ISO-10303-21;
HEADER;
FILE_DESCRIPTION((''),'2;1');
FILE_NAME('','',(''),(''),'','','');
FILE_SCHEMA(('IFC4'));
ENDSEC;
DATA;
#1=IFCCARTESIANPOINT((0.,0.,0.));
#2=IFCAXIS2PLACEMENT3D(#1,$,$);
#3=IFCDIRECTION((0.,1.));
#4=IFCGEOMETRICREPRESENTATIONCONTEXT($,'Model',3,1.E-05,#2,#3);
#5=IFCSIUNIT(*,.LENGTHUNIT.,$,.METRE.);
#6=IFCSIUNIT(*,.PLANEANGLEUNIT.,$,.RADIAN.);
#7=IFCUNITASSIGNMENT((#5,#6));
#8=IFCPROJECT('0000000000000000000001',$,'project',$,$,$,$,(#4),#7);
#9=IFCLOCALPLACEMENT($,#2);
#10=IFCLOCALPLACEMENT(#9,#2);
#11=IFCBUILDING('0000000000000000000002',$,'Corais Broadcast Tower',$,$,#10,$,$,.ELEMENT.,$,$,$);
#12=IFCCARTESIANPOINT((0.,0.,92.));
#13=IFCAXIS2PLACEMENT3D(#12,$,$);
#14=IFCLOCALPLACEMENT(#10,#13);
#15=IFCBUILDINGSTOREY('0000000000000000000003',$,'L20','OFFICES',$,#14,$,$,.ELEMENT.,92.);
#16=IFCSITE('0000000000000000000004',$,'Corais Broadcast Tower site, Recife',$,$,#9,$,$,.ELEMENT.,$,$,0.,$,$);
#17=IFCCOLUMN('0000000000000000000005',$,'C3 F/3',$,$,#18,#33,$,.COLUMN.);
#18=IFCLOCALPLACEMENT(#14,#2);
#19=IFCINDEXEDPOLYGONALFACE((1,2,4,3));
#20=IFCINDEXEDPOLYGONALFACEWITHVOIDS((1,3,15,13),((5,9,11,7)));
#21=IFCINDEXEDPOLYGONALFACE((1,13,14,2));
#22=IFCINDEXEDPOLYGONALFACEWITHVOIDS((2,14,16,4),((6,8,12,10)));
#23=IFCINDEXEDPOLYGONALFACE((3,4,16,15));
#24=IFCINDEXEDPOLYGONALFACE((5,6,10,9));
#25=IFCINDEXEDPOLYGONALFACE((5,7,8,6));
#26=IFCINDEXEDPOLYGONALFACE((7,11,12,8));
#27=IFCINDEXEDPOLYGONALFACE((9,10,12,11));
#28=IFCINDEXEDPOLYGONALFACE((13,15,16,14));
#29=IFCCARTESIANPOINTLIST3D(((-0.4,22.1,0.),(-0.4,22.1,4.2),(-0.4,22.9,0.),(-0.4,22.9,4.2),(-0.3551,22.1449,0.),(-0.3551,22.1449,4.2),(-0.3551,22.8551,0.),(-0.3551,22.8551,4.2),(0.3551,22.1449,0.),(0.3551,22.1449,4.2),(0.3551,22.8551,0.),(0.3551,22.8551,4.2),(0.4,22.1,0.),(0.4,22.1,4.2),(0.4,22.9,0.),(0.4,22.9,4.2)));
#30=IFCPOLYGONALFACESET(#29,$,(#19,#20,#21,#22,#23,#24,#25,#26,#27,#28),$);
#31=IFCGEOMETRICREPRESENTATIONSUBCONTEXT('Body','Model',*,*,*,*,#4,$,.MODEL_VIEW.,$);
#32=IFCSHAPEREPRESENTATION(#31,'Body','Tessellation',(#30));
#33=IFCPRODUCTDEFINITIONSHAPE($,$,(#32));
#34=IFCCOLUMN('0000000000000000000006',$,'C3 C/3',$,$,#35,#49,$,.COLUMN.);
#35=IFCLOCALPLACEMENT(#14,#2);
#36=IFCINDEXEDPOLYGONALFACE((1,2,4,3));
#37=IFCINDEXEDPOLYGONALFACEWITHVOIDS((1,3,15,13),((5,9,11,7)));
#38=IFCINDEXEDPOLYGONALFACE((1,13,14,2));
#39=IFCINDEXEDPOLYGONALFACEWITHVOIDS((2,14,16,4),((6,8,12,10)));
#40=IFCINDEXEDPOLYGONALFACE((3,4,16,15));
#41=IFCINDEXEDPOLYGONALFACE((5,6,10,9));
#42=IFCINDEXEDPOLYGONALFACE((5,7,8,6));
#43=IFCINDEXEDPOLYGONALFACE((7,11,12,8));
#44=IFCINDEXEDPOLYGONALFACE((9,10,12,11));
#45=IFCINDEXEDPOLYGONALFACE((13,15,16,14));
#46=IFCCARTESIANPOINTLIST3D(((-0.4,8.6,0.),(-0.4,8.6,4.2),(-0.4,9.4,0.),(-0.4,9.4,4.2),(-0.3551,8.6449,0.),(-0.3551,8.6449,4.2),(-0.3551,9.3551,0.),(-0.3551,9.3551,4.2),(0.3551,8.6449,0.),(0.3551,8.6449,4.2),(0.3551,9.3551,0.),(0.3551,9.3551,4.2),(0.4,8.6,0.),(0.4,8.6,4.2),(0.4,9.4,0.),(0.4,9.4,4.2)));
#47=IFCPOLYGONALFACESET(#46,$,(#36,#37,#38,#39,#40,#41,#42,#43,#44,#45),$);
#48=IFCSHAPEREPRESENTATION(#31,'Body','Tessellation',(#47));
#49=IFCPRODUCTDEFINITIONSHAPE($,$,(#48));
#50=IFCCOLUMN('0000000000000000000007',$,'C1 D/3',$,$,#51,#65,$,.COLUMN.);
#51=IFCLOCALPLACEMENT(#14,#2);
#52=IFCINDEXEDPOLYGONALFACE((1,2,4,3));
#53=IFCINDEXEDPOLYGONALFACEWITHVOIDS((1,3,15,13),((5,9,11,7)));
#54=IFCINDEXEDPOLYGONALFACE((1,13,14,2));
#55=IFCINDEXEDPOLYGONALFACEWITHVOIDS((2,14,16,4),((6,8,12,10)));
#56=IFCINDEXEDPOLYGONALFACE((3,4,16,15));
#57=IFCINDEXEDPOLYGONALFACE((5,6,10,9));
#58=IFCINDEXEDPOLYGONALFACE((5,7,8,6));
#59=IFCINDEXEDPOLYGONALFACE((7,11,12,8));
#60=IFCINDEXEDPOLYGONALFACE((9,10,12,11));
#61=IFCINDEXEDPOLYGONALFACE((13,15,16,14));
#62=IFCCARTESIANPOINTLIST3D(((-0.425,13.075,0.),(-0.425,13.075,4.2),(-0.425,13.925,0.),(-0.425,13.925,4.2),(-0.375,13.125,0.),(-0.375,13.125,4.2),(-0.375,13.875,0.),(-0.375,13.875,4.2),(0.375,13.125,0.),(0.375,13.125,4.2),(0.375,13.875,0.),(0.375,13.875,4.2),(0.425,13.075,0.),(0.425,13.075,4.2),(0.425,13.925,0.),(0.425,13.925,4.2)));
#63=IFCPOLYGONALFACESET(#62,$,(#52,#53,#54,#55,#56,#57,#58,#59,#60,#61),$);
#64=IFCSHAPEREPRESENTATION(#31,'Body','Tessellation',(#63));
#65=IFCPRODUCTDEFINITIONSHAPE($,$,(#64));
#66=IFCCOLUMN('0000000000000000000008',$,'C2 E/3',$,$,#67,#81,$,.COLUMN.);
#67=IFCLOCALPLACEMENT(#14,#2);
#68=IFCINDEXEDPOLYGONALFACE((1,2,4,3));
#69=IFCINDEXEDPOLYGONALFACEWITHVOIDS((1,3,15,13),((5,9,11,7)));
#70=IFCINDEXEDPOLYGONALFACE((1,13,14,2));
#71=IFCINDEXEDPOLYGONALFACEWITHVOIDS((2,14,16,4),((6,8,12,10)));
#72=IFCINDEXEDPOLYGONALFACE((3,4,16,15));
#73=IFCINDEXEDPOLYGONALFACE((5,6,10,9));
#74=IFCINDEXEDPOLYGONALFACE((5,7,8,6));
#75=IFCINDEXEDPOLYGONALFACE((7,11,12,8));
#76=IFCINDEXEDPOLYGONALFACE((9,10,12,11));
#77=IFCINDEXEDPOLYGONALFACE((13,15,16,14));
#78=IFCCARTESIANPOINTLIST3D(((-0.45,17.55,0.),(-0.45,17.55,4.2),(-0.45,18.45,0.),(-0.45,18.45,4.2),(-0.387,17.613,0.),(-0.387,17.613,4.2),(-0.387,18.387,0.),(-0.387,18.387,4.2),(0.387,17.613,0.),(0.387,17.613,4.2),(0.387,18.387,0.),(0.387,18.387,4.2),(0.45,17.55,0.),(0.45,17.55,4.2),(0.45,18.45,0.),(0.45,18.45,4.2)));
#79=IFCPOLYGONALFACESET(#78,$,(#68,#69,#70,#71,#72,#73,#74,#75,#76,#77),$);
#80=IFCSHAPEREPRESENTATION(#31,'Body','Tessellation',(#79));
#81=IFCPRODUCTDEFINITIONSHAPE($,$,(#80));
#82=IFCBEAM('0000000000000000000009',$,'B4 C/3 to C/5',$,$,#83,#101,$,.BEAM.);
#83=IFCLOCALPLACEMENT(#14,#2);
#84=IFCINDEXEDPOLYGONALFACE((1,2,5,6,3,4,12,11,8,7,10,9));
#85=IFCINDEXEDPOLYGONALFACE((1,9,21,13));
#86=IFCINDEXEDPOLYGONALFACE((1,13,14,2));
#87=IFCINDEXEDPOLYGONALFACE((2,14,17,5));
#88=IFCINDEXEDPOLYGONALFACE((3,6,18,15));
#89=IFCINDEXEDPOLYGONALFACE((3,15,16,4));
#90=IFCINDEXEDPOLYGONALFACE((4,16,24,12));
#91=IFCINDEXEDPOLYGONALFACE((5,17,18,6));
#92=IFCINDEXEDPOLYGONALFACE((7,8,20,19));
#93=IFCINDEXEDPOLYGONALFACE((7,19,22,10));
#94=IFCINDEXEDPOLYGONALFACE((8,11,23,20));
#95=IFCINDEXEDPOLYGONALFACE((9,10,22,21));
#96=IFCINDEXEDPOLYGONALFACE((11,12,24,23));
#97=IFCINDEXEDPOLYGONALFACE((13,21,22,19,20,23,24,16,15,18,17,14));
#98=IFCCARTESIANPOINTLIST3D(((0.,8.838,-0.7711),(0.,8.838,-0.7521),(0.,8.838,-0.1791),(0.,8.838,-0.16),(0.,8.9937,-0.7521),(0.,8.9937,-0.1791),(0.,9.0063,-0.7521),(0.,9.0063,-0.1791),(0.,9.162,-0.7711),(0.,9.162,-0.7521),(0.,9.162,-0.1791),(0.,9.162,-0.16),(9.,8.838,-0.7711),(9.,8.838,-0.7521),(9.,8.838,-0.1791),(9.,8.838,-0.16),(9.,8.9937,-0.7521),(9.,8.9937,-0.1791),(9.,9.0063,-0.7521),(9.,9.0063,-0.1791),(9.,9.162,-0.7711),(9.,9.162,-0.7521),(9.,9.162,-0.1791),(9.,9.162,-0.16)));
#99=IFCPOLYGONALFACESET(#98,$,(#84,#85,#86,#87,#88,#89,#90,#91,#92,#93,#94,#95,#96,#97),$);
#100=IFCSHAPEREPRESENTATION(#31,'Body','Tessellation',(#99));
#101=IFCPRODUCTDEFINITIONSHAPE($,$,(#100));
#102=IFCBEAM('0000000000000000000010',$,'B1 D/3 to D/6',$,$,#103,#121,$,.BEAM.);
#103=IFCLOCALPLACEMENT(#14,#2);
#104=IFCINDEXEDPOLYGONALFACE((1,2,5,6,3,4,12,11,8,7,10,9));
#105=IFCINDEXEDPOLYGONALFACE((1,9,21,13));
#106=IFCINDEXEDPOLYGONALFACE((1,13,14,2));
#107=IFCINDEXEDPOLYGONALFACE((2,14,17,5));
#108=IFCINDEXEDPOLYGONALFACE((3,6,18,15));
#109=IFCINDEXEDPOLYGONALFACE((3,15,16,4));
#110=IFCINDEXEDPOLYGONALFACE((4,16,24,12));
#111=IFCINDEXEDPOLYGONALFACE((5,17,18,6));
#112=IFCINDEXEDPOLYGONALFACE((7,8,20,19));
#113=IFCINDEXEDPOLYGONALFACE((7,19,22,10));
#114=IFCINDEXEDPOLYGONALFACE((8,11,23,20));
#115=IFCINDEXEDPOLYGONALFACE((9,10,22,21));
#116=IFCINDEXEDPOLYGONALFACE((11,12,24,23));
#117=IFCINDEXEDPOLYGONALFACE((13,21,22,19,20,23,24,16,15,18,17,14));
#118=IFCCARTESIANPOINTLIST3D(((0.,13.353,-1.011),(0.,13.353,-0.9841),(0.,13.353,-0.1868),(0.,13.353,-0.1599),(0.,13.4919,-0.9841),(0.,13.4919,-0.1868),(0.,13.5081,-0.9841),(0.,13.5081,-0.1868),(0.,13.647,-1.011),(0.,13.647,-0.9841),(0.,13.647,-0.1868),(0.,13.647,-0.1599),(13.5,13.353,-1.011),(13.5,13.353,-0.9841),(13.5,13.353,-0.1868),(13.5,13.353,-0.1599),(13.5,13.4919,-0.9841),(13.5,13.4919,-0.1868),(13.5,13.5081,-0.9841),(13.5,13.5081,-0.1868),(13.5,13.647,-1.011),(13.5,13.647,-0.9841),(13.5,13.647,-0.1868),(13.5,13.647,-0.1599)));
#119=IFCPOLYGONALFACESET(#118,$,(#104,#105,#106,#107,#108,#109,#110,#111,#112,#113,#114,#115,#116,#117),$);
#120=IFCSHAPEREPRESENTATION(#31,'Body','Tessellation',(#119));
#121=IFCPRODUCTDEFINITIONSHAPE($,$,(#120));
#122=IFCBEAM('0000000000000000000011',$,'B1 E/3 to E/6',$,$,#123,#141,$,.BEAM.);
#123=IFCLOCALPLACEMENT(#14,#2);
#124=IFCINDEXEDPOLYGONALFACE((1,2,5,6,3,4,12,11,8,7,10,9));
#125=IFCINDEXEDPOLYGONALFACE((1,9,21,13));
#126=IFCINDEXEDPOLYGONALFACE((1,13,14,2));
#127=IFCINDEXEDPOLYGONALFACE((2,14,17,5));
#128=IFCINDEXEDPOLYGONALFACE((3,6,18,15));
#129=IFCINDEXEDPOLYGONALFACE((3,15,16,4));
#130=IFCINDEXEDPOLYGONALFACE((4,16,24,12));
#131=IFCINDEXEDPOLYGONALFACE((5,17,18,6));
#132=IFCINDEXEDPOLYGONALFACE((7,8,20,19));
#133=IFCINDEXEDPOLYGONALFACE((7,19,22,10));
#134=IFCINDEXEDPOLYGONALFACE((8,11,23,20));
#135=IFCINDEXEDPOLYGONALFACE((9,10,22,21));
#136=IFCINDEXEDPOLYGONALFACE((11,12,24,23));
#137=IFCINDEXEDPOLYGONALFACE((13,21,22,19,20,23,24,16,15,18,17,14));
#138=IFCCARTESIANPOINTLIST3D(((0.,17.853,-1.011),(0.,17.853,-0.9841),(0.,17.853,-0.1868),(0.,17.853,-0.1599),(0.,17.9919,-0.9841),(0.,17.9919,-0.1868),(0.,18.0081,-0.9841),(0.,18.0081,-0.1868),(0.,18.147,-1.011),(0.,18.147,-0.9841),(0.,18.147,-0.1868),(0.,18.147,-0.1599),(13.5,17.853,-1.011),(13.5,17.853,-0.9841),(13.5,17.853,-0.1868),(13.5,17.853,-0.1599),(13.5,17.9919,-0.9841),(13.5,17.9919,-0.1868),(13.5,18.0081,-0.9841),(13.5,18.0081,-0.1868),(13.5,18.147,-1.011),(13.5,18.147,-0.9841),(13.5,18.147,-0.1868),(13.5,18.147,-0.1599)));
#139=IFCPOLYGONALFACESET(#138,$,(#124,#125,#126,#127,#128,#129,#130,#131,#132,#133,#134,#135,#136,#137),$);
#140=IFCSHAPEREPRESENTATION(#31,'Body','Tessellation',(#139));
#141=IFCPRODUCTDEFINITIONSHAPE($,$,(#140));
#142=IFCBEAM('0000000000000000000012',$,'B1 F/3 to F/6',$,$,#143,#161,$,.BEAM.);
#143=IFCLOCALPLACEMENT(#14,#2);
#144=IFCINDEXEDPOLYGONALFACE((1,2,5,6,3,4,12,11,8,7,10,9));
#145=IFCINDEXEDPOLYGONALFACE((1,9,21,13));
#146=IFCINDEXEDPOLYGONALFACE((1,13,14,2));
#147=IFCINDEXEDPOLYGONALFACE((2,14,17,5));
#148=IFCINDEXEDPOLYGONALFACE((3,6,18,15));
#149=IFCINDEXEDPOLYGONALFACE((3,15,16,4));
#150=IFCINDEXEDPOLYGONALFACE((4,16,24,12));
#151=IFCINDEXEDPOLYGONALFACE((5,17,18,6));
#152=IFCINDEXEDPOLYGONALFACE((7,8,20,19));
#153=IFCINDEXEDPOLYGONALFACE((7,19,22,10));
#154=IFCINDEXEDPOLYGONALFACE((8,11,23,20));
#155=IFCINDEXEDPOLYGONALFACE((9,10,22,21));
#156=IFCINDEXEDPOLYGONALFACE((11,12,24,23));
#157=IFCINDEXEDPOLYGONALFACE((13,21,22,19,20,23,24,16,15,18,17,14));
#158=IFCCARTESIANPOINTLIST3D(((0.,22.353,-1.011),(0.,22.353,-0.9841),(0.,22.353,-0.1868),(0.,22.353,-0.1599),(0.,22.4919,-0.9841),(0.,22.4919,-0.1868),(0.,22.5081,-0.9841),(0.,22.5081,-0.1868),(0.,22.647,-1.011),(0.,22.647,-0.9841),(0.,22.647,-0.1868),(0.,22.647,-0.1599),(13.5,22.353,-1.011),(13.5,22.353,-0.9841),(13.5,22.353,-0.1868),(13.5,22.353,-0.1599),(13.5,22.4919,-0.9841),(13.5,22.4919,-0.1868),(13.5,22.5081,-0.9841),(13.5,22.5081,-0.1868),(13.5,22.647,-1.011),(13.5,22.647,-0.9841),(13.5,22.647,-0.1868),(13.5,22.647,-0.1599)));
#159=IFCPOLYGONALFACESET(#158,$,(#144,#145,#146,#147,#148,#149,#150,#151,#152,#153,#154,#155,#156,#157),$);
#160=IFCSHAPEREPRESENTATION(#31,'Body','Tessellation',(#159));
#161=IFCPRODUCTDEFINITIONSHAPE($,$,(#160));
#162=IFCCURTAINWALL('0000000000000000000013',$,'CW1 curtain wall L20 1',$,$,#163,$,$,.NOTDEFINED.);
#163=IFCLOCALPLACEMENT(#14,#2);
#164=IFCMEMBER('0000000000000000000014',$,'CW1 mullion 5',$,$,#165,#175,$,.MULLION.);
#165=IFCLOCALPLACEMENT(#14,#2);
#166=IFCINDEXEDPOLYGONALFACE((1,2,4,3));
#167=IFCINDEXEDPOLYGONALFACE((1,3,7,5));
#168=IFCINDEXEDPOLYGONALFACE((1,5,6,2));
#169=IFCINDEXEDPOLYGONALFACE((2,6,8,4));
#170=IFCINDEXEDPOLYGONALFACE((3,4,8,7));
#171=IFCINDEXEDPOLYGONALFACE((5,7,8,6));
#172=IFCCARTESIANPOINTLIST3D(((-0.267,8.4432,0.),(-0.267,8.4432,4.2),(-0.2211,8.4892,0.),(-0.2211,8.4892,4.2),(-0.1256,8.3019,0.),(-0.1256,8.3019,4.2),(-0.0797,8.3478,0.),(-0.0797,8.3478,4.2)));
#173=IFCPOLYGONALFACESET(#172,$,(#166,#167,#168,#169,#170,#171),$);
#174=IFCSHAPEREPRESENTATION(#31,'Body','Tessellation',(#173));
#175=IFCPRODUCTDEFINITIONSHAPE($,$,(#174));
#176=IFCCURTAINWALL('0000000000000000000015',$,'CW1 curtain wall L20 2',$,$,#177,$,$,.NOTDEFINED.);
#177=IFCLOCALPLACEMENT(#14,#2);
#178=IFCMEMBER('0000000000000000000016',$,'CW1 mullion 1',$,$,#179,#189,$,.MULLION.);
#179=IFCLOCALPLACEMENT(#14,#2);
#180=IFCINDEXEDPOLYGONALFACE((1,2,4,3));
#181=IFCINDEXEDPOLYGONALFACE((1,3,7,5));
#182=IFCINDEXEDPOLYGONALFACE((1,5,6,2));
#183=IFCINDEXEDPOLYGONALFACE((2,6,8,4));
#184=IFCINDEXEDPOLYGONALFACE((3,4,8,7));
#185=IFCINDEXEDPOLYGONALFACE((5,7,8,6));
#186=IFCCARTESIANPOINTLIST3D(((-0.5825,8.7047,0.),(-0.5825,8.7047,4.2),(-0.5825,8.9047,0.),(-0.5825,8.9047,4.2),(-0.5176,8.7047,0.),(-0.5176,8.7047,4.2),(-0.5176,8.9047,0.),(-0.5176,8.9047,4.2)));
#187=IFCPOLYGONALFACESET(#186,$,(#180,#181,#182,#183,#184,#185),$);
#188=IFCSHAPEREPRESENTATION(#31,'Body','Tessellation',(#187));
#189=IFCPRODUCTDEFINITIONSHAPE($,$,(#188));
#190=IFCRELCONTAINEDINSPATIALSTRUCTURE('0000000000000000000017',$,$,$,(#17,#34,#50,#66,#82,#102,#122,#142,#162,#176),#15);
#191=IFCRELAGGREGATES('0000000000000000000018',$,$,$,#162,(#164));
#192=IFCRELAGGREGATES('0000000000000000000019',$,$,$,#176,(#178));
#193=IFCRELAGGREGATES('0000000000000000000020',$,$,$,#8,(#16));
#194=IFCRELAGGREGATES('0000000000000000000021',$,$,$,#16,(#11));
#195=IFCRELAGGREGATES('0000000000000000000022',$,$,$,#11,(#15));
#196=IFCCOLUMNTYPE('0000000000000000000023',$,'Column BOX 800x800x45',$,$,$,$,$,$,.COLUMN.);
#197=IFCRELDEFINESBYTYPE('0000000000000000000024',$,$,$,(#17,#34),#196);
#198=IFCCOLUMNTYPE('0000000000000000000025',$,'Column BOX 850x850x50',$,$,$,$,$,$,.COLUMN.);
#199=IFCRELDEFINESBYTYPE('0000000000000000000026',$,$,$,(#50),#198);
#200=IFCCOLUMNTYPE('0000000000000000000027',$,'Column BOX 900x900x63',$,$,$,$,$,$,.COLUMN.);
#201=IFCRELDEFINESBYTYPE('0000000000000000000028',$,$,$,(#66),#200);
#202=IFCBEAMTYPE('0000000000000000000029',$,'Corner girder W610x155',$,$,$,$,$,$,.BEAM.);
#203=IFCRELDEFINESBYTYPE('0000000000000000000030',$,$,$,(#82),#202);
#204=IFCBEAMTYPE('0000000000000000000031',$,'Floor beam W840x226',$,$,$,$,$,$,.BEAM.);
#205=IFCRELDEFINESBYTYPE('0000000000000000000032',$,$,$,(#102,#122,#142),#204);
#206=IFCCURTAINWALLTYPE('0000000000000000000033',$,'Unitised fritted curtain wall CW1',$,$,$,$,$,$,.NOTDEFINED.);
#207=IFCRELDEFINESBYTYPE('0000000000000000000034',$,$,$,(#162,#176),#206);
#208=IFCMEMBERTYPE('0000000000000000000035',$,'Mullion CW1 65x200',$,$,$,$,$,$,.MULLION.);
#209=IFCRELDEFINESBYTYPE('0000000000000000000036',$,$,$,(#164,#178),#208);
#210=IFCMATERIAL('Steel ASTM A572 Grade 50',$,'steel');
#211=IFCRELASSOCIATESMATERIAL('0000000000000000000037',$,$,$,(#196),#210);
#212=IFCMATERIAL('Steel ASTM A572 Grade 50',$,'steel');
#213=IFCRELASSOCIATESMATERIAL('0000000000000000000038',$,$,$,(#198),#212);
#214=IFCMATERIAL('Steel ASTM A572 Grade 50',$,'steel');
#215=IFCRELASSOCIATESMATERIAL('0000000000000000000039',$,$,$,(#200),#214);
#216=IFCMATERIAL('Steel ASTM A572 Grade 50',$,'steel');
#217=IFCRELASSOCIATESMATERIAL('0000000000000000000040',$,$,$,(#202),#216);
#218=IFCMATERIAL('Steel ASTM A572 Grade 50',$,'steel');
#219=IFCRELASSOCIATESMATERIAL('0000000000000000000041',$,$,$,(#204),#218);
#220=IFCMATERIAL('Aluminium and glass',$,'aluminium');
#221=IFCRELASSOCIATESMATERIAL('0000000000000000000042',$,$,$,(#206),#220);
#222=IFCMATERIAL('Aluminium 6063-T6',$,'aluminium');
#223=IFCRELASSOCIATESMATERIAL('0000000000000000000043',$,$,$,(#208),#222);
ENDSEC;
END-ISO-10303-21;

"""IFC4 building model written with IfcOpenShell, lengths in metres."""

from ifc_helpers import new_model, si_unit, direction, frame, origin, origin_2d, place, context, subcontext, project, spatial, rectangle, hollow_rectangle, i_section, extrude, material, material_profile, profile_set, type_object, element, aggregate, save


model = new_model("IFC4")

# Units and contexts
model_context = context("Model", 3, precision=1e-05, world=origin(), true_north=direction((0.0, 1.0)))
body_context = subcontext(model_context, "Body", "Model", "MODEL_VIEW")
ifc_project = project(units=[si_unit("LENGTHUNIT", "METRE"), si_unit("PLANEANGLEUNIT", "RADIAN")], contexts=[model_context])

# Site, building, storey
site_placement = place(None, origin())
site = spatial("IfcSite", under=ifc_project, at=site_placement, Name="Corais Broadcast Tower site, Recife", CompositionType="ELEMENT", RefElevation=0.0)
building_placement = place(site_placement, origin())
building = spatial("IfcBuilding", under=site, at=building_placement, Name="Corais Broadcast Tower", CompositionType="ELEMENT")
storey_placement = place(building_placement, frame((0.0, 0.0, 92.0)))
storey = spatial("IfcBuildingStorey", under=building, at=storey_placement, Name="L20", Description="OFFICES", CompositionType="ELEMENT", Elevation=92.0)

# Columns
ifc_material_1 = material(Name="Steel ASTM A572 Grade 50", Category="steel")
ifc_material_profile_1 = material_profile(ifc_material_1, hollow_rectangle(XDim=0.8, YDim=0.8, WallThickness=0.0449, at=origin_2d()), Name="BOX 800x800x45")
ifc_profile_set_1 = profile_set([ifc_material_profile_1], Name="Steel ASTM A572 Grade 50")
column_type_1 = type_object("IfcColumnType", Name="Column BOX 800x800x45", PredefinedType="COLUMN", material=ifc_profile_set_1)
for number, where, z_axis, x_axis, name in (
    (1, (0.0, 22.5, 0.0), (0.0, 0.0, 1.0), (1.0, 0.0, 0.0), "C3 F/3"),
    (2, (0.0, 9.0, 0.0), (0.0, 0.0, 1.0), (1.0, 0.0, 0.0), "C3 C/3"),
):
    element("IfcColumn", number, at=place(storey_placement, frame(where, z_axis=z_axis, x_axis=x_axis)), inside=storey, type_object=column_type_1, Name=name, PredefinedType="COLUMN", context=body_context, shape_type="SweptSolid", body=[
        extrude(hollow_rectangle(XDim=0.8, YDim=0.8, WallThickness=0.0449, at=origin_2d()), origin(), (0.0, 0.0, 1.0), 4.2),
    ])
ifc_material_2 = material(Name="Steel ASTM A572 Grade 50", Category="steel")
ifc_material_profile_2 = material_profile(ifc_material_2, hollow_rectangle(XDim=0.8501, YDim=0.8501, WallThickness=0.05, at=origin_2d()), Name="BOX 850x850x50")
ifc_profile_set_2 = profile_set([ifc_material_profile_2], Name="Steel ASTM A572 Grade 50")
column_type_2 = type_object("IfcColumnType", Name="Column BOX 850x850x50", PredefinedType="COLUMN", material=ifc_profile_set_2)
column_1_placement = place(storey_placement, frame((0.0, 13.5, 0.0), z_axis=(0.0, 0.0, 1.0), x_axis=(1.0, 0.0, 0.0)))
element("IfcColumn", 3, at=column_1_placement, inside=storey, type_object=column_type_2, Name="C1 D/3", PredefinedType="COLUMN", context=body_context, shape_type="SweptSolid", body=[
    extrude(hollow_rectangle(XDim=0.8501, YDim=0.8501, WallThickness=0.05, at=origin_2d()), origin(), (0.0, 0.0, 1.0), 4.2),
])
ifc_material_3 = material(Name="Steel ASTM A572 Grade 50", Category="steel")
ifc_material_profile_3 = material_profile(ifc_material_3, hollow_rectangle(XDim=0.8999, YDim=0.8999, WallThickness=0.063, at=origin_2d()), Name="BOX 900x900x63")
ifc_profile_set_3 = profile_set([ifc_material_profile_3], Name="Steel ASTM A572 Grade 50")
column_type_3 = type_object("IfcColumnType", Name="Column BOX 900x900x63", PredefinedType="COLUMN", material=ifc_profile_set_3)
column_2_placement = place(storey_placement, frame((0.0, 18.0, 0.0), z_axis=(0.0, 0.0, 1.0), x_axis=(1.0, 0.0, 0.0)))
element("IfcColumn", 4, at=column_2_placement, inside=storey, type_object=column_type_3, Name="C2 E/3", PredefinedType="COLUMN", context=body_context, shape_type="SweptSolid", body=[
    extrude(hollow_rectangle(XDim=0.8999, YDim=0.8999, WallThickness=0.063, at=origin_2d()), origin(), (0.0, 0.0, 1.0), 4.2),
])

# Beams
ifc_material_4 = material(Name="Steel ASTM A572 Grade 50", Category="steel")
ifc_material_profile_4 = material_profile(ifc_material_4, i_section(OverallWidth=0.324, OverallDepth=0.6111, WebThickness=0.0127, FlangeThickness=0.019, at=origin_2d()), Name="W610x155")
ifc_profile_set_4 = profile_set([ifc_material_profile_4], Name="Steel ASTM A572 Grade 50")
beam_type_1 = type_object("IfcBeamType", Name="Corner girder W610x155", PredefinedType="BEAM", material=ifc_profile_set_4)
beam_1_placement = place(storey_placement, frame((0.0, 9.0, -0.4656), z_axis=(1.0, 0.0, 0.0), x_axis=(0.0, 1.0, 0.0)))
element("IfcBeam", 5, at=beam_1_placement, inside=storey, type_object=beam_type_1, Name="B4 C/3 to C/5", PredefinedType="BEAM", context=body_context, shape_type="SweptSolid", body=[
    extrude(i_section(OverallWidth=0.324, OverallDepth=0.6111, WebThickness=0.0127, FlangeThickness=0.019, at=origin_2d()), origin(), (0.0, 0.0, 1.0), 9.0),
])
ifc_material_5 = material(Name="Steel ASTM A572 Grade 50", Category="steel")
ifc_material_profile_5 = material_profile(ifc_material_5, i_section(OverallWidth=0.2939, OverallDepth=0.8511, WebThickness=0.0161, FlangeThickness=0.0269, at=origin_2d()), Name="W840x226")
ifc_profile_set_5 = profile_set([ifc_material_profile_5], Name="Steel ASTM A572 Grade 50")
beam_type_2 = type_object("IfcBeamType", Name="Floor beam W840x226", PredefinedType="BEAM", material=ifc_profile_set_5)
for number, where, z_axis, x_axis, name in (
    (6, (0.0, 13.5, -0.5854), (1.0, 0.0, 0.0), (0.0, 1.0, 0.0), "B1 D/3 to D/6"),
    (7, (0.0, 18.0, -0.5854), (1.0, 0.0, 0.0), (0.0, 1.0, 0.0), "B1 E/3 to E/6"),
    (8, (0.0, 22.5, -0.5854), (1.0, 0.0, 0.0), (0.0, 1.0, 0.0), "B1 F/3 to F/6"),
):
    element("IfcBeam", number, at=place(storey_placement, frame(where, z_axis=z_axis, x_axis=x_axis)), inside=storey, type_object=beam_type_2, Name=name, PredefinedType="BEAM", context=body_context, shape_type="SweptSolid", body=[
        extrude(i_section(OverallWidth=0.2939, OverallDepth=0.8511, WebThickness=0.0161, FlangeThickness=0.0269, at=origin_2d()), origin(), (0.0, 0.0, 1.0), 13.5),
    ])

# Curtain wall, member
ifc_material_6 = material(Name="Aluminium and glass", Category="aluminium")
curtain_wall_type = type_object("IfcCurtainWallType", Name="Unitised fritted curtain wall CW1", PredefinedType="NOTDEFINED", material=ifc_material_6)
curtain_wall_1_placement = place(storey_placement, origin())
curtain_wall_1 = element("IfcCurtainWall", 9, at=curtain_wall_1_placement, inside=storey, type_object=curtain_wall_type, Name="CW1 curtain wall L20 1", PredefinedType="NOTDEFINED")
ifc_material_7 = material(Name="Aluminium 6063-T6", Category="aluminium")
ifc_material_profile_6 = material_profile(ifc_material_7, rectangle(XDim=0.0649, YDim=0.2, at=origin_2d()), Name="Mullion CW1 65x200")
ifc_profile_set_6 = profile_set([ifc_material_profile_6], Name="Aluminium 6063-T6")
member_type_1 = type_object("IfcMemberType", Name="Mullion CW1 65x200", PredefinedType="MULLION", material=ifc_profile_set_6)
member_1_placement = place(storey_placement, frame((-0.1733, 8.3955, 0.0), z_axis=(0.0, 0.0, 1.0), x_axis=(-0.707107, -0.707107, 0.0)))
member_1 = element("IfcMember", 10, at=member_1_placement, type_object=member_type_1, Name="CW1 mullion 5", PredefinedType="MULLION", context=body_context, shape_type="SweptSolid", body=[
    extrude(rectangle(XDim=0.0649, YDim=0.2, at=origin_2d()), origin(), (0.0, 0.0, 1.0), 4.2),
])
aggregate(curtain_wall_1, [member_1])

# Curtain wall, member
curtain_wall_2_placement = place(storey_placement, origin())
curtain_wall_2 = element("IfcCurtainWall", 11, at=curtain_wall_2_placement, inside=storey, type_object=curtain_wall_type, Name="CW1 curtain wall L20 2", PredefinedType="NOTDEFINED")
member_2_placement = place(storey_placement, frame((-0.55, 8.8047, 0.0), z_axis=(0.0, 0.0, 1.0), x_axis=(-1.0, 0.0, 0.0)))
member_2 = element("IfcMember", 12, at=member_2_placement, type_object=member_type_1, Name="CW1 mullion 1", PredefinedType="MULLION", context=body_context, shape_type="SweptSolid", body=[
    extrude(rectangle(XDim=0.0649, YDim=0.2, at=origin_2d()), origin(), (0.0, 0.0, 1.0), 4.2),
])

aggregate(curtain_wall_2, [member_2])

save(model, "model.ifc")
